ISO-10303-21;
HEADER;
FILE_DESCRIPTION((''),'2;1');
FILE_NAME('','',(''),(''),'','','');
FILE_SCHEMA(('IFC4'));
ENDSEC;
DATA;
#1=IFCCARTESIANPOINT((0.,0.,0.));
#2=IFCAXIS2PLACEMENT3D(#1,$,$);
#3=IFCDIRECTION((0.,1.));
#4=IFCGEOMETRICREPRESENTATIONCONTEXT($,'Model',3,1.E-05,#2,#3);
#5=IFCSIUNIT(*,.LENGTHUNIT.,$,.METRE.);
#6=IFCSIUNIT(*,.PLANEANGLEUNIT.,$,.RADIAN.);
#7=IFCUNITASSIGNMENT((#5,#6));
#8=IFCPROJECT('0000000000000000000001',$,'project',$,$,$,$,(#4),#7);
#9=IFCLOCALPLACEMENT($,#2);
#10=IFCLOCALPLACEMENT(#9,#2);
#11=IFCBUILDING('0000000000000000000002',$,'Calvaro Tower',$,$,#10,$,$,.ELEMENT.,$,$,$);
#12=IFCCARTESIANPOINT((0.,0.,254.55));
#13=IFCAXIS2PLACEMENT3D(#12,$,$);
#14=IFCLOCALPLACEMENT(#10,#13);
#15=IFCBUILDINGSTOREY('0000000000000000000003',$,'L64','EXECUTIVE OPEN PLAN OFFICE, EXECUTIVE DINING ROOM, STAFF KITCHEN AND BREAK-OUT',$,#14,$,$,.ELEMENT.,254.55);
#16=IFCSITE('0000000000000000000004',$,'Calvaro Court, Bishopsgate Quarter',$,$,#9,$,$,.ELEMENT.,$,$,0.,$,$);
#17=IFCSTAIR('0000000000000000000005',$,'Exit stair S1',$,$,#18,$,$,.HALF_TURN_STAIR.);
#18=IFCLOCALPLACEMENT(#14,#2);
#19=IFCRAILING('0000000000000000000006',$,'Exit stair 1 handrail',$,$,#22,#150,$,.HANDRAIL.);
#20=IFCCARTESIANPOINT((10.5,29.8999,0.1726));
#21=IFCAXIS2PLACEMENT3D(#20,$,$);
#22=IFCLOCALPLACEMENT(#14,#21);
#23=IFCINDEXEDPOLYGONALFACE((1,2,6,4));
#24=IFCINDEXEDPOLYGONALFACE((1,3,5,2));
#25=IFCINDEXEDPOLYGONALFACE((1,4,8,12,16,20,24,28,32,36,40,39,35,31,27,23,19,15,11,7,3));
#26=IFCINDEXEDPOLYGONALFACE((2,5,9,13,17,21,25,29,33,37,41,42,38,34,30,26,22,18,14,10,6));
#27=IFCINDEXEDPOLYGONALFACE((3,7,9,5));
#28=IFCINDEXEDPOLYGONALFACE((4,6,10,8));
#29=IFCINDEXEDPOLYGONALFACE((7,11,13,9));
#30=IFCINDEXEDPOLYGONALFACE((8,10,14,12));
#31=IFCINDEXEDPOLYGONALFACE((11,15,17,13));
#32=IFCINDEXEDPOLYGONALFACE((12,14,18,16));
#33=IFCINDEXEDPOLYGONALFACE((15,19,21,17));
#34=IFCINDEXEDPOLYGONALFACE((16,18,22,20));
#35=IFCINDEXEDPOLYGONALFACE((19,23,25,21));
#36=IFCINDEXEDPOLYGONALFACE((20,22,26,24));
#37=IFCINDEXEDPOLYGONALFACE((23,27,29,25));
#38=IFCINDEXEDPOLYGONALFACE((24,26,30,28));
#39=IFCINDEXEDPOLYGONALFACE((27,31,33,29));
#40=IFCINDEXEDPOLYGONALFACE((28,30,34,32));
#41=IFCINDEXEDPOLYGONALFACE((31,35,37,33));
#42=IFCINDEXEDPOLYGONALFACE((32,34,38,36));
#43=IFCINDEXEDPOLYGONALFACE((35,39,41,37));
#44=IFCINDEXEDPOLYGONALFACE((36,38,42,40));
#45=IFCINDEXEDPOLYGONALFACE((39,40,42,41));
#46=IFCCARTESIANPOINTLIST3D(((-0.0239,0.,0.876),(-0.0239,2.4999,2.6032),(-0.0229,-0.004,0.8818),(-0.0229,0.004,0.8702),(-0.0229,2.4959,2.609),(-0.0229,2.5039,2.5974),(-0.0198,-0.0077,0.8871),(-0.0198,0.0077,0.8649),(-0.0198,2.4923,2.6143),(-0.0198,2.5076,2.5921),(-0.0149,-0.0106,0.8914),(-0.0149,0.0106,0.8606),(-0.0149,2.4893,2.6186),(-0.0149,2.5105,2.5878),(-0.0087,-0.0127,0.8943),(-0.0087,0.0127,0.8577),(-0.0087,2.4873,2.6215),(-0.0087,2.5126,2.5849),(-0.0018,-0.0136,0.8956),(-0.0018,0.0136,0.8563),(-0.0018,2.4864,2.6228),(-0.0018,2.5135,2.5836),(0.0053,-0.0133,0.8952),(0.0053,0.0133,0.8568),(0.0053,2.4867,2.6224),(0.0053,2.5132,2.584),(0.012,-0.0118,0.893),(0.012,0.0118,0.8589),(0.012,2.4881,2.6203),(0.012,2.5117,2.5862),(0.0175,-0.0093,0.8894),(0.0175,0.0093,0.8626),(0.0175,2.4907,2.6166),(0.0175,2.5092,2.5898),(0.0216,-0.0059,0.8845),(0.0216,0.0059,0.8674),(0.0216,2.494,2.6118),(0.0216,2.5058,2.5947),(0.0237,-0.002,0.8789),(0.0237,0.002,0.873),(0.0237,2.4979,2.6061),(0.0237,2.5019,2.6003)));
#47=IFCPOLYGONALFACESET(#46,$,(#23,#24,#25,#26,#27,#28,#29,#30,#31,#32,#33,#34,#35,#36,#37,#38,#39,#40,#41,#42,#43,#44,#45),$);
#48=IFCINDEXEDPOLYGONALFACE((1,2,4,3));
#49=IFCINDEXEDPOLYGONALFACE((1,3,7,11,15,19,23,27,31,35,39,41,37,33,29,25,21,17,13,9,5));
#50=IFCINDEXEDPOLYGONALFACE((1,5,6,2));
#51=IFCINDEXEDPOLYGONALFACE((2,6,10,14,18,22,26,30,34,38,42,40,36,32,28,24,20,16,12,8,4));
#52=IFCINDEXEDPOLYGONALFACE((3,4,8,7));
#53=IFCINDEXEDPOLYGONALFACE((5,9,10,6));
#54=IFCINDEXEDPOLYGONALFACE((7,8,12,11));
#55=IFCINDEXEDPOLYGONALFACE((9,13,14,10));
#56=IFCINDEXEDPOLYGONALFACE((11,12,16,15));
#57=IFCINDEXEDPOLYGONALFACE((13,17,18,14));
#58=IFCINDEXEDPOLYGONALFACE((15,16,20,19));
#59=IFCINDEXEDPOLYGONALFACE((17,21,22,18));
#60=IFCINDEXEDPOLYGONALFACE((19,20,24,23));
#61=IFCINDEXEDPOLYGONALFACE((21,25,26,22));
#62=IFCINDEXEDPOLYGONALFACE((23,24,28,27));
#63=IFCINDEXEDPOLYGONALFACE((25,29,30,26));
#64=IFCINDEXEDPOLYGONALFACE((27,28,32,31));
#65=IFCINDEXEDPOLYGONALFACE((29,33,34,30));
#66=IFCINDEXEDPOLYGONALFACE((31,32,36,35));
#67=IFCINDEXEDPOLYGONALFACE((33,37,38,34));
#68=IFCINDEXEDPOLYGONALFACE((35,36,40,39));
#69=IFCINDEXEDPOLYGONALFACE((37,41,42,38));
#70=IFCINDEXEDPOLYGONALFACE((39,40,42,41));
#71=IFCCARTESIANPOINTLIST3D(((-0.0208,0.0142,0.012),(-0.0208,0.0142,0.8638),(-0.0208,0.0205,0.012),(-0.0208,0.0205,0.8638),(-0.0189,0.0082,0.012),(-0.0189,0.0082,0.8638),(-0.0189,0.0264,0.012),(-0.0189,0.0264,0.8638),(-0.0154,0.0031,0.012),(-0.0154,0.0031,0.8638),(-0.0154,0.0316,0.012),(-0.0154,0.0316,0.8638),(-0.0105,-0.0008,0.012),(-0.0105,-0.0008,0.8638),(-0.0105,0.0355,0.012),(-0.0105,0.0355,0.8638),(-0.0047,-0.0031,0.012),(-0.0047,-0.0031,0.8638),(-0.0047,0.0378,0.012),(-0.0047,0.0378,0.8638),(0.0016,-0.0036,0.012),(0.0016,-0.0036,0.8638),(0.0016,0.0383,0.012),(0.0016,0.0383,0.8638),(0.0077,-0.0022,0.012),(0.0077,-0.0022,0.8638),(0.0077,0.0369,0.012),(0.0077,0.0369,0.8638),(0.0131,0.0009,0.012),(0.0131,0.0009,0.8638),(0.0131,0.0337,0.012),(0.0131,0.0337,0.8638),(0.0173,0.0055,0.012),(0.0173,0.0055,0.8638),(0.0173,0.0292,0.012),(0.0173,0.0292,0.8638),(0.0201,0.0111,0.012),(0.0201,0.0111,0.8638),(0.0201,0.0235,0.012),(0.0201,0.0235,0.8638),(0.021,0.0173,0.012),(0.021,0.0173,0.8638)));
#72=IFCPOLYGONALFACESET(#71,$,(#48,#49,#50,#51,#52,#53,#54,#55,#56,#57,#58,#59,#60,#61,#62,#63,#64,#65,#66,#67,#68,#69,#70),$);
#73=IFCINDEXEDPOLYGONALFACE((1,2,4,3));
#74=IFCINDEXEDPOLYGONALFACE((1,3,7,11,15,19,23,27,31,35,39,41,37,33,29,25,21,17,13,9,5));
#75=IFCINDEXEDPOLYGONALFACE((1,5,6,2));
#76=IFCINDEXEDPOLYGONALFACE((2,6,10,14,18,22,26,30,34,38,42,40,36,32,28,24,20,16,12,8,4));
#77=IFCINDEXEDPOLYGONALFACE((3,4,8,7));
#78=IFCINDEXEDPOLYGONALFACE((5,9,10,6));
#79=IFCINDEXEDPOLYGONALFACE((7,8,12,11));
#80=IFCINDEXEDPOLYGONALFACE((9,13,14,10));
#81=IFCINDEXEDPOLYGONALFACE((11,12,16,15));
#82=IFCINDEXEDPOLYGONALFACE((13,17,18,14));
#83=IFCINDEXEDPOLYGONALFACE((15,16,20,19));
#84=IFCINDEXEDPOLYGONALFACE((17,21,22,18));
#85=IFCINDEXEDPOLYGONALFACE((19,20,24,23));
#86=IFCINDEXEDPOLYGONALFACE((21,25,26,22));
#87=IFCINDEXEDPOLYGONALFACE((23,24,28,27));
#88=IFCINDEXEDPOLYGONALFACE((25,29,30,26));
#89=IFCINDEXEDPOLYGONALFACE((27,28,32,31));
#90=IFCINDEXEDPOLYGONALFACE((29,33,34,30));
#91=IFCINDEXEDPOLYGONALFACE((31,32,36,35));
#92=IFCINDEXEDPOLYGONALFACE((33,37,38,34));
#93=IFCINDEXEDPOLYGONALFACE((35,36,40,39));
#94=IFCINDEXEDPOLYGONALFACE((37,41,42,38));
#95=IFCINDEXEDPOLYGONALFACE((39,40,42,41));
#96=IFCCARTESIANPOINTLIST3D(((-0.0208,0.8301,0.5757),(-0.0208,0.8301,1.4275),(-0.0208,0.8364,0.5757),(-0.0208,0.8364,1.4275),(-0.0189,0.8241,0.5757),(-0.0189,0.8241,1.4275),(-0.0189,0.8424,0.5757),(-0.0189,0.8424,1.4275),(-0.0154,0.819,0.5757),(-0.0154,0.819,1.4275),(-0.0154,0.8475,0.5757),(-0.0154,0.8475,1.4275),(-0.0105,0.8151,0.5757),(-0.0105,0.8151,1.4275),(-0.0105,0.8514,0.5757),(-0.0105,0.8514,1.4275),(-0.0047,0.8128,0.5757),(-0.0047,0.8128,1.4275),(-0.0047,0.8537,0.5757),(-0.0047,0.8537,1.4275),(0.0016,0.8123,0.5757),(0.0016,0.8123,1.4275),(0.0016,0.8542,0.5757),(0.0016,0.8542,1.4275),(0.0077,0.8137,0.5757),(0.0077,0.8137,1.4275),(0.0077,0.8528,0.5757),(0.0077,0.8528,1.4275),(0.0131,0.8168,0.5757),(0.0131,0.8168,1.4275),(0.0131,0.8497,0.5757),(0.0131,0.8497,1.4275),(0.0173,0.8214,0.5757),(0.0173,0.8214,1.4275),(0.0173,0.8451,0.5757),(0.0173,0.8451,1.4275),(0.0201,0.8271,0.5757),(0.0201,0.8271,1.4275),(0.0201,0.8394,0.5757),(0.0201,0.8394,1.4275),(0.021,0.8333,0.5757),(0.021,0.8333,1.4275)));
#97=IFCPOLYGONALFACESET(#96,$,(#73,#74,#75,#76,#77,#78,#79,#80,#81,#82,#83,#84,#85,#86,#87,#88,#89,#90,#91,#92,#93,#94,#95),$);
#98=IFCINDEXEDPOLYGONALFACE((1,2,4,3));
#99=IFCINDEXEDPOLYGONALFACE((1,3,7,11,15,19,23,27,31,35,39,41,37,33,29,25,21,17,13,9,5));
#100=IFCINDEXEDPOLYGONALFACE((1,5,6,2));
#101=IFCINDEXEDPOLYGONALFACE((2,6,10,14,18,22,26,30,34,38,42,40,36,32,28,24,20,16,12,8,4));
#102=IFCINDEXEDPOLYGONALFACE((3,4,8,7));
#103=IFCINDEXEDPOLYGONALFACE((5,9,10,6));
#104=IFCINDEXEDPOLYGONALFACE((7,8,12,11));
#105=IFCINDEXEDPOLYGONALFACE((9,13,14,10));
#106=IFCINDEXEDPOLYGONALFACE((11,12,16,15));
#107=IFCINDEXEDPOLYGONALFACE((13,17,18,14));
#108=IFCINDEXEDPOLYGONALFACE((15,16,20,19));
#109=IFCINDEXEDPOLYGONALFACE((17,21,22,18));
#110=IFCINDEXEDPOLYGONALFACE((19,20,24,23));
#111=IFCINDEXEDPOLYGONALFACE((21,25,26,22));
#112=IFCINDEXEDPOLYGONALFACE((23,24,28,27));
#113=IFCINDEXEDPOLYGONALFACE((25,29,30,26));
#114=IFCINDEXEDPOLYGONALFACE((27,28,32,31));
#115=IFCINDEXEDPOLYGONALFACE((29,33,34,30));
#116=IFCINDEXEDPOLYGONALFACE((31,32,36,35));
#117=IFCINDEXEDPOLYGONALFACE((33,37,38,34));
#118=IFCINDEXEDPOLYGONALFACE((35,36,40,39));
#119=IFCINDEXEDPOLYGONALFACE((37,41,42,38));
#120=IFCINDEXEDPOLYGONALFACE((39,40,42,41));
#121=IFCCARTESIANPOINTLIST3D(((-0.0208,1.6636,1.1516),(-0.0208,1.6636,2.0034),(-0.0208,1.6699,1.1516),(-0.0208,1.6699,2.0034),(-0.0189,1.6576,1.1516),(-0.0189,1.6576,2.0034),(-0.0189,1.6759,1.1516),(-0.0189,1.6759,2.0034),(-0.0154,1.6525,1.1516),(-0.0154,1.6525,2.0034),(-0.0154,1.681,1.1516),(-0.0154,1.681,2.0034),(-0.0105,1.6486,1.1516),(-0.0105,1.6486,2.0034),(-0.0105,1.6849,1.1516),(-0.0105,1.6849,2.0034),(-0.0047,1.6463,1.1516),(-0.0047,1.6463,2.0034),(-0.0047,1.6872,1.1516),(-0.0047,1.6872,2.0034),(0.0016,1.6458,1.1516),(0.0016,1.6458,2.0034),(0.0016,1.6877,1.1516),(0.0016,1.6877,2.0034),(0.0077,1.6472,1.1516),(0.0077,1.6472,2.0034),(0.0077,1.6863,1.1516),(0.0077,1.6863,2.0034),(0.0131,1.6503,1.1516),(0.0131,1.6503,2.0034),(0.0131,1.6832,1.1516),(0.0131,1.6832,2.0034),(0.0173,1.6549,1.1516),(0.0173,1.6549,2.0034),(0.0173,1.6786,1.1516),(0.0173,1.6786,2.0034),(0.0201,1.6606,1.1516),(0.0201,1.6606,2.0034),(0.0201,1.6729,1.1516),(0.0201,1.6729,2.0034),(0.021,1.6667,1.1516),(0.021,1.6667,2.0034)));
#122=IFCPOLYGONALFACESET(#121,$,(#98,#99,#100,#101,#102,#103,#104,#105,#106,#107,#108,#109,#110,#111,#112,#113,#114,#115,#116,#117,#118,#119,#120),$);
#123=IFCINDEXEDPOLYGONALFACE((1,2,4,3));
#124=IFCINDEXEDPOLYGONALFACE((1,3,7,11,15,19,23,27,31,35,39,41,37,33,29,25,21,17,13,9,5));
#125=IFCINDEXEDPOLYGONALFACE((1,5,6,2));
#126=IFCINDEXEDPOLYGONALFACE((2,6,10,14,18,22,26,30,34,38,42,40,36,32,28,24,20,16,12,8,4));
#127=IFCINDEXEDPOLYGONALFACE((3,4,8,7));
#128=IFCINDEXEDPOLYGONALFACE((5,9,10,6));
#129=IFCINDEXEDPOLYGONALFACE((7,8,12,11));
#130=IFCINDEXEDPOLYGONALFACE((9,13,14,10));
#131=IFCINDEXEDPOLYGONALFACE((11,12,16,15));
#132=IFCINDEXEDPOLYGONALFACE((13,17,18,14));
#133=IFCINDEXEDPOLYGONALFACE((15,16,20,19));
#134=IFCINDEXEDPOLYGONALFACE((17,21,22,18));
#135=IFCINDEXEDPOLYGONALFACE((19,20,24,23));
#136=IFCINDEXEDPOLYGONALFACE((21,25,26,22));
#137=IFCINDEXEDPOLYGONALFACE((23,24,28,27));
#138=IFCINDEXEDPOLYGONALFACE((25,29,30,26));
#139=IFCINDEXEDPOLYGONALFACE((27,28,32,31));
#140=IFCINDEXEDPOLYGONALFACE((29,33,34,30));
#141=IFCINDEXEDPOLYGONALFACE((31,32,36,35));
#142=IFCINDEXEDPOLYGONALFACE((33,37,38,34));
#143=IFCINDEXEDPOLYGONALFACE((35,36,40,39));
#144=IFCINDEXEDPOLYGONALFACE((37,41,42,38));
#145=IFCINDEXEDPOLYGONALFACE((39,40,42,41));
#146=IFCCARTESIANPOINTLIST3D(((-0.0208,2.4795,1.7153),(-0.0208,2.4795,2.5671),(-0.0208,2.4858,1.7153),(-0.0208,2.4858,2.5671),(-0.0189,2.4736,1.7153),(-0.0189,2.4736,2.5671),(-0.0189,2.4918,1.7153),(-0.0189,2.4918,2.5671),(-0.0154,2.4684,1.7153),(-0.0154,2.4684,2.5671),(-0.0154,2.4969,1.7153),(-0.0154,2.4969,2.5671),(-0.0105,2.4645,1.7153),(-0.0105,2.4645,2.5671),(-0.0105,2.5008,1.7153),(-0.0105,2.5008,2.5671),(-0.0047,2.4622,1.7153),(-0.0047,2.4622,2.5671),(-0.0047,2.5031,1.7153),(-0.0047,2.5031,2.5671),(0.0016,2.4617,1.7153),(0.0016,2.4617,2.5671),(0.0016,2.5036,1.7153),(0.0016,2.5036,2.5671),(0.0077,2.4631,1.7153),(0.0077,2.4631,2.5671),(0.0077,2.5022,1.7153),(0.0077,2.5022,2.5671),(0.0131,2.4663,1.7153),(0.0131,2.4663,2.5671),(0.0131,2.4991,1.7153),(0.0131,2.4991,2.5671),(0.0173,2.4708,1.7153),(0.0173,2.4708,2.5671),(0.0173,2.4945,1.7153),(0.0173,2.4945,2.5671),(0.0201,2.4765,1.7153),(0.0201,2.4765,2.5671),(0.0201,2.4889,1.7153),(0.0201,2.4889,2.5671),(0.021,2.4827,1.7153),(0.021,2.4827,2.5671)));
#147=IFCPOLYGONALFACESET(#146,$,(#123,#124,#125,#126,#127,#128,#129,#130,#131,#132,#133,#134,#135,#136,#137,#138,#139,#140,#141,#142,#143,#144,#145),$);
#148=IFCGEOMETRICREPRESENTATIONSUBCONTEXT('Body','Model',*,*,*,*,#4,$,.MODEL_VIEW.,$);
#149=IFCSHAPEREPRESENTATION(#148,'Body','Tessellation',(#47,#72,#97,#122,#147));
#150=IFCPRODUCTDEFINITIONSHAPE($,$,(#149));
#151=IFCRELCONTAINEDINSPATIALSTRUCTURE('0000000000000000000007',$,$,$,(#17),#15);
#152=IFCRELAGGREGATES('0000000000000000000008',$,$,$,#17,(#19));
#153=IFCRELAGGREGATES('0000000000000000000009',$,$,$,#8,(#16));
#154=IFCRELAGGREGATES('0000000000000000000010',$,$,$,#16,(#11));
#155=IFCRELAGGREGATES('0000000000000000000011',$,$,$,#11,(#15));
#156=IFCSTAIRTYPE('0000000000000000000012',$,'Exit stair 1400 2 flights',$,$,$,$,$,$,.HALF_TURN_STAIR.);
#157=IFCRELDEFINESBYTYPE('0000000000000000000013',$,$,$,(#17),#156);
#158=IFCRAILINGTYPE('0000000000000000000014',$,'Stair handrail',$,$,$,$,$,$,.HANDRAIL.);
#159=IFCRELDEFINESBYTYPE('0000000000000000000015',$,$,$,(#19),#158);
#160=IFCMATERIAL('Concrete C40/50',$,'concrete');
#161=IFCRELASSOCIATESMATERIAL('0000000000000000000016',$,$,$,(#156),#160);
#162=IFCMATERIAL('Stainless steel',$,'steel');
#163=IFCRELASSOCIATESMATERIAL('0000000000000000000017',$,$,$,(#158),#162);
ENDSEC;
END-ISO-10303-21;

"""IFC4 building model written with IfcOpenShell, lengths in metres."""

from ifc_helpers import new_model, si_unit, direction, frame, origin, origin_2d, place, context, subcontext, project, spatial, circle, extrude, material, type_object, element, aggregate, save


model = new_model("IFC4")

# Units and contexts
model_context = context("Model", 3, precision=1e-05, world=origin(), true_north=direction((0.0, 1.0)))
body_context = subcontext(model_context, "Body", "Model", "MODEL_VIEW")
ifc_project = project(units=[si_unit("LENGTHUNIT", "METRE"), si_unit("PLANEANGLEUNIT", "RADIAN")], contexts=[model_context])

# Site, building, storey
site_placement = place(None, origin())
site = spatial("IfcSite", under=ifc_project, at=site_placement, Name="Calvaro Court, Bishopsgate Quarter", CompositionType="ELEMENT", RefElevation=0.0)
building_placement = place(site_placement, origin())
building = spatial("IfcBuilding", under=site, at=building_placement, Name="Calvaro Tower", CompositionType="ELEMENT")
storey_placement = place(building_placement, frame((0.0, 0.0, 254.55)))
storey = spatial("IfcBuildingStorey", under=building, at=storey_placement, Name="L64", Description="EXECUTIVE OPEN PLAN OFFICE, EXECUTIVE DINING ROOM, STAFF KITCHEN AND BREAK-OUT", CompositionType="ELEMENT", Elevation=254.55)

# Stair, railing
ifc_material_1 = material(Name="Concrete C40/50", Category="concrete")
stair_type = type_object("IfcStairType", Name="Exit stair 1400 2 flights", PredefinedType="HALF_TURN_STAIR", material=ifc_material_1)
stair_placement = place(storey_placement, origin())
stair = element("IfcStair", 1, at=stair_placement, inside=storey, type_object=stair_type, Name="Exit stair S1", PredefinedType="HALF_TURN_STAIR")
ifc_material_2 = material(Name="Stainless steel", Category="steel")
railing_type = type_object("IfcRailingType", Name="Stair handrail", PredefinedType="HANDRAIL", material=ifc_material_2)
railing_1_placement = place(storey_placement, frame((10.5, 29.8999, 0.1726)))
railing_1 = element("IfcRailing", 2, at=railing_1_placement, type_object=railing_type, Name="Exit stair 1 handrail", PredefinedType="HANDRAIL", context=body_context, shape_type="SweptSolid", body=[
    extrude(circle(Radius=0.0239, at=origin_2d()), frame((0.0, 0.0, 0.876), z_axis=(0.0, 0.822727, 0.568437), x_axis=(-1.0, 0.0, 0.0)), (0.0, 0.0, 1.0), 3.0386),
    extrude(circle(Radius=0.021, at=origin_2d()), frame((0.0, 0.0173, 0.012)), (0.0, 0.0, 1.0), 0.8518),
    extrude(circle(Radius=0.021, at=origin_2d()), frame((0.0, 0.8333, 0.5757)), (0.0, 0.0, 1.0), 0.8518),
    extrude(circle(Radius=0.021, at=origin_2d()), frame((0.0, 1.6667, 1.1516)), (0.0, 0.0, 1.0), 0.8518),
    extrude(circle(Radius=0.021, at=origin_2d()), frame((0.0, 2.4827, 1.7153)), (0.0, 0.0, 1.0), 0.8518),
])
aggregate(stair, [railing_1])

save(model, "model.ifc")
